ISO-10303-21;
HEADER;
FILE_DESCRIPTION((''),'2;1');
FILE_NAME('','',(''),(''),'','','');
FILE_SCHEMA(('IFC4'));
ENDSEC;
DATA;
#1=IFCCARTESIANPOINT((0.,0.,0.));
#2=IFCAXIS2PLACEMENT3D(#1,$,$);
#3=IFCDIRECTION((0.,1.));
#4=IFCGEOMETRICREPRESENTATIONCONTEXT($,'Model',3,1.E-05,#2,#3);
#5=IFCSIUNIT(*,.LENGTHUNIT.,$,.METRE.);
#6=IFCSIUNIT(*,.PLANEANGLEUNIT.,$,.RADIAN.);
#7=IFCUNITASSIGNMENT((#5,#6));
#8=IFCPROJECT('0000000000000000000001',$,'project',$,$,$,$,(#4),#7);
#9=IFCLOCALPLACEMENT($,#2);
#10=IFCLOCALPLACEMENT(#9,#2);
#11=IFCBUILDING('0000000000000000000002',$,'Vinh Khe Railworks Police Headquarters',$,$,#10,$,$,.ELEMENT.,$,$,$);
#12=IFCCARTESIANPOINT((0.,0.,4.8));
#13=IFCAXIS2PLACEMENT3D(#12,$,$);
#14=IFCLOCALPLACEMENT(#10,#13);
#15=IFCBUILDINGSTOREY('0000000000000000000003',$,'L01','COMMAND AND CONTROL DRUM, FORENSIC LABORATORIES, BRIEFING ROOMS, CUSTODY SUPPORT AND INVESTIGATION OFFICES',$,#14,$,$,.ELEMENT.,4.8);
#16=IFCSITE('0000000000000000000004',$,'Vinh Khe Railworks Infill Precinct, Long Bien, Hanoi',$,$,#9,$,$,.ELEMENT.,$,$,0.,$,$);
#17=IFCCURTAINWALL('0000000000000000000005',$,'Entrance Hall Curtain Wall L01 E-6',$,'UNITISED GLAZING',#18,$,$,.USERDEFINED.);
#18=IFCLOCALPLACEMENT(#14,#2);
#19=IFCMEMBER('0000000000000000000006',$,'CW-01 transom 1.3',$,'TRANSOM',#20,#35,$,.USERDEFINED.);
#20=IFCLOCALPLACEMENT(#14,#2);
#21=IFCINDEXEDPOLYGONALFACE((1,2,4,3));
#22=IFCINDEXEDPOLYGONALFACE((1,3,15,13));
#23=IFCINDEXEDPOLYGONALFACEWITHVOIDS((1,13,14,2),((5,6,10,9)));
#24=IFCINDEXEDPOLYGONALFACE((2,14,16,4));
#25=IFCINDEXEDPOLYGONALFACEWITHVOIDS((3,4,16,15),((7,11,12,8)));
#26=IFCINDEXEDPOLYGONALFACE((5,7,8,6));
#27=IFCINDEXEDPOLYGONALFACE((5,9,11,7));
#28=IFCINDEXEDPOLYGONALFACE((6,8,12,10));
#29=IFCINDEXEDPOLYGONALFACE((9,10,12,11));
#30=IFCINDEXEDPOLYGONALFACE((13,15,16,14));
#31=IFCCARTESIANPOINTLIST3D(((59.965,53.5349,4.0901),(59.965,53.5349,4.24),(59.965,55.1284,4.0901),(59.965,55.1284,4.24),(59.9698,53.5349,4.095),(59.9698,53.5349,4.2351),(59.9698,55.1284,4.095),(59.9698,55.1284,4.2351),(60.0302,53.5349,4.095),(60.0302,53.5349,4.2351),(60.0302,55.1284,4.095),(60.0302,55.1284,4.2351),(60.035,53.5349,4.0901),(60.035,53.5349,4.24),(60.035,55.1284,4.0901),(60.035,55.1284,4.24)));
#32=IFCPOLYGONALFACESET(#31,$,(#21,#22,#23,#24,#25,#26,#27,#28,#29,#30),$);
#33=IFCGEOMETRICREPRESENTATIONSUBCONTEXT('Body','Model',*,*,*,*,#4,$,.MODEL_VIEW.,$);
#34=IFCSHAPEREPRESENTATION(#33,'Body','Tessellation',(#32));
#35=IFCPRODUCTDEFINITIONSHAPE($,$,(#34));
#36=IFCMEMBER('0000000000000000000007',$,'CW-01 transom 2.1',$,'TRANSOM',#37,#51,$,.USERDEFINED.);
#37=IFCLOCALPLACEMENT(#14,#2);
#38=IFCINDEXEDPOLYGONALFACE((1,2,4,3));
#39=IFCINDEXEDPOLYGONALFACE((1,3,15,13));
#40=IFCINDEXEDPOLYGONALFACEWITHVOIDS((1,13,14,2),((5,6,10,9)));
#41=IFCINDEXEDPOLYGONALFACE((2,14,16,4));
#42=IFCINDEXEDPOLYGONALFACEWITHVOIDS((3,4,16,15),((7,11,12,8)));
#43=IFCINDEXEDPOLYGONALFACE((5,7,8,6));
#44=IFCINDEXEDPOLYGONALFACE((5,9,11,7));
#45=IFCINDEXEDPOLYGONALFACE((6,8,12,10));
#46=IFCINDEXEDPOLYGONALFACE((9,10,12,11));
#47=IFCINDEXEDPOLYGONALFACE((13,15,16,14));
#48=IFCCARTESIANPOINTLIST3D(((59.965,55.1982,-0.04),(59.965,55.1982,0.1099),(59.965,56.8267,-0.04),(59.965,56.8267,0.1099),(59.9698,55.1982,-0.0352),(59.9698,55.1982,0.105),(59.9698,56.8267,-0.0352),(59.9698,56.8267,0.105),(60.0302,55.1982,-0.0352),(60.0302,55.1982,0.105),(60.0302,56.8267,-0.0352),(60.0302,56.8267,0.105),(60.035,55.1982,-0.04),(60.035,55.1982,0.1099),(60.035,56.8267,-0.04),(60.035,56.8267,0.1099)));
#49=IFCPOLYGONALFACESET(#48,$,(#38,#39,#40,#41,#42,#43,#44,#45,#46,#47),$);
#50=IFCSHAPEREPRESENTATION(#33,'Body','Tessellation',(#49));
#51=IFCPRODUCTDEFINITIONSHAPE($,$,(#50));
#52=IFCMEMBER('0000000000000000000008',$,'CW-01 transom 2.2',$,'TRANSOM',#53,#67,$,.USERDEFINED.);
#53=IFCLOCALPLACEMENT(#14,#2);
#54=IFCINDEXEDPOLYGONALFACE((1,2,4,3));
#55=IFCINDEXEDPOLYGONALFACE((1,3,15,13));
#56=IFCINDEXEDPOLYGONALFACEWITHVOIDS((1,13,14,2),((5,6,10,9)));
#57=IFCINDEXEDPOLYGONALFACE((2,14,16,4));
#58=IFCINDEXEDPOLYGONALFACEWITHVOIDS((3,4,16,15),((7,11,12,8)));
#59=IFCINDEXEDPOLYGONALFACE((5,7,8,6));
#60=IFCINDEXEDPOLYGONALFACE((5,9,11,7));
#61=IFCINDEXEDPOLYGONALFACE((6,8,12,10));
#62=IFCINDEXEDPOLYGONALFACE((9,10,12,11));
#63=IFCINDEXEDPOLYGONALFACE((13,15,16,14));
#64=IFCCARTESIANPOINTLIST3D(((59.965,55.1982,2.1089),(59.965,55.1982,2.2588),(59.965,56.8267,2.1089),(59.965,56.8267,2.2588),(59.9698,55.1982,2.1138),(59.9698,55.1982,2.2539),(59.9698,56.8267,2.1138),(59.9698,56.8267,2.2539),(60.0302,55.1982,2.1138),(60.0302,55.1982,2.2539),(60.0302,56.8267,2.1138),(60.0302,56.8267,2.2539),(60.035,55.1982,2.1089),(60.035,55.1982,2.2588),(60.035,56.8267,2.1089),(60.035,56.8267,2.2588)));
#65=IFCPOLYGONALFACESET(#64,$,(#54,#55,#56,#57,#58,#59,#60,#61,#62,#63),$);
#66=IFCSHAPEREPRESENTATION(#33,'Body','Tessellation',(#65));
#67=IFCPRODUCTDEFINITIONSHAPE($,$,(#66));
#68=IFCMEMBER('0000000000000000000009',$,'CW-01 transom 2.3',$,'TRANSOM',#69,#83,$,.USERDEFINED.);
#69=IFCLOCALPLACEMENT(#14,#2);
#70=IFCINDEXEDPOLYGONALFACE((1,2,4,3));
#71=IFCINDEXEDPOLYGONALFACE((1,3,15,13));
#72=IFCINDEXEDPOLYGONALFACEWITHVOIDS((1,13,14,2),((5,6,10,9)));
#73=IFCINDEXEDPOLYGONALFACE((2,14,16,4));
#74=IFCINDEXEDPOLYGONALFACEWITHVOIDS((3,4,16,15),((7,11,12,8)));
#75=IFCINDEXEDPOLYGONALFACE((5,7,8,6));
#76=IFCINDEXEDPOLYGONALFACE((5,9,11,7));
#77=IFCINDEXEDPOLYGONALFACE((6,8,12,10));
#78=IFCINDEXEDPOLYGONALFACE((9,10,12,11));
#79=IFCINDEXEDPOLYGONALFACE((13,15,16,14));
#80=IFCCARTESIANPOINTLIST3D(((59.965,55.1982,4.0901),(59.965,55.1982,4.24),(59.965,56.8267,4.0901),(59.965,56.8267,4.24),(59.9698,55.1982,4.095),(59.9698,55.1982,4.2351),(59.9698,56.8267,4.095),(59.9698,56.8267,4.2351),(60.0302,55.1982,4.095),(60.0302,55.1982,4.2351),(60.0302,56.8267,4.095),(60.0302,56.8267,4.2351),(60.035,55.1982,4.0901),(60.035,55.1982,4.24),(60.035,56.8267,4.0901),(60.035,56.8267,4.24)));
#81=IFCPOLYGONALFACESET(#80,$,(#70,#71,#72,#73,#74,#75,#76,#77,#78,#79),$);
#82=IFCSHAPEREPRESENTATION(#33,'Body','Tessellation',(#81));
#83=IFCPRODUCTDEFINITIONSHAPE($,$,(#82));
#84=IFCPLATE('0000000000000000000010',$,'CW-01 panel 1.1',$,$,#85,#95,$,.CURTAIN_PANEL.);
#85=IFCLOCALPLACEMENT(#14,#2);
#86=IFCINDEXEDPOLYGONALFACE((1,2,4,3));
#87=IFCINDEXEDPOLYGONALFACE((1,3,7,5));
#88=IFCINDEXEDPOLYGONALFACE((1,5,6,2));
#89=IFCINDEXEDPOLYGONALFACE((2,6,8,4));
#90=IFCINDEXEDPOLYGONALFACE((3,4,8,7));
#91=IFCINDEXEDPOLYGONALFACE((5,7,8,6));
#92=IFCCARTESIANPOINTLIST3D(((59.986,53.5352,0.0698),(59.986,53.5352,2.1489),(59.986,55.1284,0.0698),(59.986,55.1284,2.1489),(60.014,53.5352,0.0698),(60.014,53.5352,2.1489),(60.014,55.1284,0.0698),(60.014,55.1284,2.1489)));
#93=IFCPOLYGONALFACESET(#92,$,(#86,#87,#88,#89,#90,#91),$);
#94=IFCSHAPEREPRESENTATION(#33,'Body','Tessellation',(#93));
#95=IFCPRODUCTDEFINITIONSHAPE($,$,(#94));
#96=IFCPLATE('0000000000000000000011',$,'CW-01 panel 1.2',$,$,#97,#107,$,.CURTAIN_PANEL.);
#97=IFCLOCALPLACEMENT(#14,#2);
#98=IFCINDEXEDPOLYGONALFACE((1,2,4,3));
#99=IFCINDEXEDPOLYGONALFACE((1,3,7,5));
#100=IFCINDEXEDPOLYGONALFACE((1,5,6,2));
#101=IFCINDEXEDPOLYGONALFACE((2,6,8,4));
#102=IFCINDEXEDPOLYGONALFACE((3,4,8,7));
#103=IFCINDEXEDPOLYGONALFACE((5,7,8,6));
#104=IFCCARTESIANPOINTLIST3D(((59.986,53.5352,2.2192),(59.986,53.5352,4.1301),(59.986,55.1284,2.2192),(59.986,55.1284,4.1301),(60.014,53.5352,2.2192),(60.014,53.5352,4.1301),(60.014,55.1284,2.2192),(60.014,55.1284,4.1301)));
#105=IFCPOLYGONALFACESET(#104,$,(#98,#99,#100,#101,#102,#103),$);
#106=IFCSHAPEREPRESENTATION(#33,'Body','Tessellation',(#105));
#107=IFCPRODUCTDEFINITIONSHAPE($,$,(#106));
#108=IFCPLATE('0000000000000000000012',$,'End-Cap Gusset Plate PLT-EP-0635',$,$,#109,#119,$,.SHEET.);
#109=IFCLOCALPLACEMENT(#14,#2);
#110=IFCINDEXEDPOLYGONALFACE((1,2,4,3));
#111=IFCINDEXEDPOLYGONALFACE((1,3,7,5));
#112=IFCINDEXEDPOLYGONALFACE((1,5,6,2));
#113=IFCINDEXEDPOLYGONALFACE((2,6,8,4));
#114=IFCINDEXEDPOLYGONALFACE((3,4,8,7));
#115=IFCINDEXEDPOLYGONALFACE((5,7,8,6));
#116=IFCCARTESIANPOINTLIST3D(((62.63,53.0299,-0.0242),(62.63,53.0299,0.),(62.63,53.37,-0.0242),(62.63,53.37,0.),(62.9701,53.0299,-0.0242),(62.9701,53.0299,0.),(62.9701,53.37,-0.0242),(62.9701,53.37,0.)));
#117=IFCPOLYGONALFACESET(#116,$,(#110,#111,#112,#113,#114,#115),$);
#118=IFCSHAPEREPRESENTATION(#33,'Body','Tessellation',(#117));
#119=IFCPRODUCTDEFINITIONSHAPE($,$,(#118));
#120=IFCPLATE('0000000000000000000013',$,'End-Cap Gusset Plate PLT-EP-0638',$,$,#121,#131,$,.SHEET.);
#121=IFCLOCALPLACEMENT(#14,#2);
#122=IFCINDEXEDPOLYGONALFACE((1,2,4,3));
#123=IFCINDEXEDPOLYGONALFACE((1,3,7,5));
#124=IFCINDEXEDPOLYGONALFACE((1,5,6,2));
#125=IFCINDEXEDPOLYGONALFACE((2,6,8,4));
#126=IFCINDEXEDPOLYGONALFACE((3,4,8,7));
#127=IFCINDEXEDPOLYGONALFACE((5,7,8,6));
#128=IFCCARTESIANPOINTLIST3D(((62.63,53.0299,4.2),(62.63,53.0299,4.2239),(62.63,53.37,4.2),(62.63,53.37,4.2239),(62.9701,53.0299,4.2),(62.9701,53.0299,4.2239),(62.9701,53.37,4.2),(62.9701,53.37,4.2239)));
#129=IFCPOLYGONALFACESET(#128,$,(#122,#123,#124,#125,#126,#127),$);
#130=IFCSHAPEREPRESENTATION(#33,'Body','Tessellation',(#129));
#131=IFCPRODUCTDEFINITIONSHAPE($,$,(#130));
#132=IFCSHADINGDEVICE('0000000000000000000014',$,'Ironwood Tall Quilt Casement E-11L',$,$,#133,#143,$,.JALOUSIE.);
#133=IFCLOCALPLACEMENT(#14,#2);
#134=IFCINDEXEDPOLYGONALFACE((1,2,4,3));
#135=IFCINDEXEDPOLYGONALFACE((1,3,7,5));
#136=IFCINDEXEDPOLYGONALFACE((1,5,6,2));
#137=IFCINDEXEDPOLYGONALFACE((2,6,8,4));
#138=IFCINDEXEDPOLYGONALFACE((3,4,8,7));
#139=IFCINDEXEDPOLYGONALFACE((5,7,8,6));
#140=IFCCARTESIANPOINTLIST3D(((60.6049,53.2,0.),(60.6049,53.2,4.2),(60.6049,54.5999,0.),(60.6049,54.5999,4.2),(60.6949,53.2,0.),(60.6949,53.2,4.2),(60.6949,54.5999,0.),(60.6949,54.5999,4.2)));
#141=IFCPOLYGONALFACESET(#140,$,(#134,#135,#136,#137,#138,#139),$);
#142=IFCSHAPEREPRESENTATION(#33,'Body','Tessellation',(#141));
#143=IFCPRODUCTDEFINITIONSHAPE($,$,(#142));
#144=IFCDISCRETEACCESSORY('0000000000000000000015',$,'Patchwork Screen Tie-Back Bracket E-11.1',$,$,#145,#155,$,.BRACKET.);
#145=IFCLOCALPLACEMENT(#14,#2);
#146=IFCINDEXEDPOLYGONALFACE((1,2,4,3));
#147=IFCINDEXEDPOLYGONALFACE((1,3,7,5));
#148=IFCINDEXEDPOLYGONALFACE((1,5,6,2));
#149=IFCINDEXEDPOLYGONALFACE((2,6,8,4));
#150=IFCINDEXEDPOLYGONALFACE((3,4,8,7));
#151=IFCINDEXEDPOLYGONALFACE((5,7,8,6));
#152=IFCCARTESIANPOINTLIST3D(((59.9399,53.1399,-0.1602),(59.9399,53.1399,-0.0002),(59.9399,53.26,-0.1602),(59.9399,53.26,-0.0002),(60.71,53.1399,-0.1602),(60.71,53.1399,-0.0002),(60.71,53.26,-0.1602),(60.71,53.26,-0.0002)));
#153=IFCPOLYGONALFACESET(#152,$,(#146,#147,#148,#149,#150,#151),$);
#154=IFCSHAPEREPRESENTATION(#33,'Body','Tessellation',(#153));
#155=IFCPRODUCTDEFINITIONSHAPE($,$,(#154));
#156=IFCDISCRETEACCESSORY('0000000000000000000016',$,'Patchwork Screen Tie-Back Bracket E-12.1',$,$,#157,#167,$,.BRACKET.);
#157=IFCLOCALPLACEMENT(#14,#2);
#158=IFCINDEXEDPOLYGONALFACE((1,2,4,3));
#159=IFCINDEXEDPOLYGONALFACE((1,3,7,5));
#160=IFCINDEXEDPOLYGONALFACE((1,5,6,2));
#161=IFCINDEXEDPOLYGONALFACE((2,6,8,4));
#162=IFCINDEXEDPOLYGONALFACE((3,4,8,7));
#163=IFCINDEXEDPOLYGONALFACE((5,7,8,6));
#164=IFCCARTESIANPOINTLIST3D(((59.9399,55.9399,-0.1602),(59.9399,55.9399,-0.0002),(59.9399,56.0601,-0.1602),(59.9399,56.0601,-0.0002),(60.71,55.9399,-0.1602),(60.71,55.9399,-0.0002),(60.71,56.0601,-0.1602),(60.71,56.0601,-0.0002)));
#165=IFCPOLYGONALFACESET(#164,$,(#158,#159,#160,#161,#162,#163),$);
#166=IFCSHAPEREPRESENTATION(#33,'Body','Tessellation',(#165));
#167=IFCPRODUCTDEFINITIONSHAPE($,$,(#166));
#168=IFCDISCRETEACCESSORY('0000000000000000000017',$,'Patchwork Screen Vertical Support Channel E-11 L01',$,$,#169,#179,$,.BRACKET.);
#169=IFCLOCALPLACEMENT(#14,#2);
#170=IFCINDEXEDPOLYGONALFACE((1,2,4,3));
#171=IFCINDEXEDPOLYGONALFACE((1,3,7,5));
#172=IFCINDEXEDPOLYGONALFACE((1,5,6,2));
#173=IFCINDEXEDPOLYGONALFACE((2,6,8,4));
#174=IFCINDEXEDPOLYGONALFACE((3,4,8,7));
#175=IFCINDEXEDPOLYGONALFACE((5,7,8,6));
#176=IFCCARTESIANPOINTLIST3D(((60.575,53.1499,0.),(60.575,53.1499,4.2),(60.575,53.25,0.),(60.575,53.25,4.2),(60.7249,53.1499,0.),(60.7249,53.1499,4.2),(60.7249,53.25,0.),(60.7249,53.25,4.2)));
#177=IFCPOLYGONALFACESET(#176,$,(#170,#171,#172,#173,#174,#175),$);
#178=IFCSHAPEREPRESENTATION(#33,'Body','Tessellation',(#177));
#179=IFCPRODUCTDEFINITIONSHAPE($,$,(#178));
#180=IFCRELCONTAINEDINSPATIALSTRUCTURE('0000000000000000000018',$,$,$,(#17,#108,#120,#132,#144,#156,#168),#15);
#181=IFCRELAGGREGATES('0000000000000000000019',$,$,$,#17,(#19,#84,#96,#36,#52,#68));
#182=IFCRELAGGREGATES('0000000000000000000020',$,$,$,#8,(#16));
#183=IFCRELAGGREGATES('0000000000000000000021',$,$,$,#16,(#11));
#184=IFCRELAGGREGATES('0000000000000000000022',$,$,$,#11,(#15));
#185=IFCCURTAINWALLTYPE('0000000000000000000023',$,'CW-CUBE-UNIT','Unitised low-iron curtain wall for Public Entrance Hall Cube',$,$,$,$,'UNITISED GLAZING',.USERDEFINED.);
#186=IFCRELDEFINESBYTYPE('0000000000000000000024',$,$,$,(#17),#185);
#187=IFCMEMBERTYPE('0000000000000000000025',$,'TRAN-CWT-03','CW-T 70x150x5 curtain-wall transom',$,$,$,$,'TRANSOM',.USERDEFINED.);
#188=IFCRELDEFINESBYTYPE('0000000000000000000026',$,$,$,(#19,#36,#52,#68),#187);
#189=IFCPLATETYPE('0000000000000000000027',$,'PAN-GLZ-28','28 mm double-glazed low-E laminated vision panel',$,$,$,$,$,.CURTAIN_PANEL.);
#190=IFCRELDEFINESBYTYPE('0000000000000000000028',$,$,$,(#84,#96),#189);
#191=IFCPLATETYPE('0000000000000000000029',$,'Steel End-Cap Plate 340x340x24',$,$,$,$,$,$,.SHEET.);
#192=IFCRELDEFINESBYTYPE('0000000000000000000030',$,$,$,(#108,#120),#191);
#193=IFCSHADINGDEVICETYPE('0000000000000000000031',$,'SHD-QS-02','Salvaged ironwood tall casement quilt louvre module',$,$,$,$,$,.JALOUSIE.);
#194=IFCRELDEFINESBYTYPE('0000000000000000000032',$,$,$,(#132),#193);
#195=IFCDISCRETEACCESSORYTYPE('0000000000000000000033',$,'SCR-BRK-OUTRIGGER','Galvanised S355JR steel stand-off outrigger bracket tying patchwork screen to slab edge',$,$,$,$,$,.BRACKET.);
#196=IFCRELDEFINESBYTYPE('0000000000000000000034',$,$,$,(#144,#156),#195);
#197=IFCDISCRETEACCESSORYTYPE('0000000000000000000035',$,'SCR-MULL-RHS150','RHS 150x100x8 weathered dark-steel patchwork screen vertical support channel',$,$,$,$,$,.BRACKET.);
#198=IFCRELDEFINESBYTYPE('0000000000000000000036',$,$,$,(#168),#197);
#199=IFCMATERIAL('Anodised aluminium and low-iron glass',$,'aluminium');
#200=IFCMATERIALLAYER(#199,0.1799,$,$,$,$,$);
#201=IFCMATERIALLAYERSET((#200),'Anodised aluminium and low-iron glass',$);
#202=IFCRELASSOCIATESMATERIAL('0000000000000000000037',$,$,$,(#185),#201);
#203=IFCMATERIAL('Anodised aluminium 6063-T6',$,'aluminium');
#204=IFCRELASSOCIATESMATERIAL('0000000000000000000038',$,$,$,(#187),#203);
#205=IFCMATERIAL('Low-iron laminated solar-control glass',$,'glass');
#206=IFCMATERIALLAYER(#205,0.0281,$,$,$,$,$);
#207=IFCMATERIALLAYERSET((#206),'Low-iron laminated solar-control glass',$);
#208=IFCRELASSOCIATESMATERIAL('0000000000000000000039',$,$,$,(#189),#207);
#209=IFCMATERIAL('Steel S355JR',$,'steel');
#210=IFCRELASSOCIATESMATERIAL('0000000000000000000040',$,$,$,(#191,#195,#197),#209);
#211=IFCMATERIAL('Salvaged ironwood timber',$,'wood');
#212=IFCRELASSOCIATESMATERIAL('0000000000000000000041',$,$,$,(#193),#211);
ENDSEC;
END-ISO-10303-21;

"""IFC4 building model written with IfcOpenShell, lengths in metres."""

from ifc_helpers import new_model, si_unit, direction, frame, origin, origin_2d, place, context, subcontext, project, spatial, rectangle, hollow_rectangle, extrude, material, layer, layer_set, material_profile, profile_set, type_object, element, aggregate, save


model = new_model("IFC4")

# Units and contexts
model_context = context("Model", 3, precision=1e-05, world=origin(), true_north=direction((0.0, 1.0)))
body_context = subcontext(model_context, "Body", "Model", "MODEL_VIEW")
ifc_project = project(units=[si_unit("LENGTHUNIT", "METRE"), si_unit("PLANEANGLEUNIT", "RADIAN")], contexts=[model_context])

# Site, building, storey
site_placement = place(None, origin())
site = spatial("IfcSite", under=ifc_project, at=site_placement, Name="Vinh Khe Railworks Infill Precinct, Long Bien, Hanoi", CompositionType="ELEMENT", RefElevation=0.0)
building_placement = place(site_placement, origin())
building = spatial("IfcBuilding", under=site, at=building_placement, Name="Vinh Khe Railworks Police Headquarters", CompositionType="ELEMENT")
storey_placement = place(building_placement, frame((0.0, 0.0, 4.8)))
storey = spatial("IfcBuildingStorey", under=building, at=storey_placement, Name="L01", Description="COMMAND AND CONTROL DRUM, FORENSIC LABORATORIES, BRIEFING ROOMS, CUSTODY SUPPORT AND INVESTIGATION OFFICES", CompositionType="ELEMENT", Elevation=4.8)

# Shared definitions
ifc_material_1 = material(Name="Steel S355JR", Category="steel")

# Shared definitions
ifc_material_2 = material(Name="Salvaged ironwood timber", Category="wood")

# Curtain wall
ifc_material_3 = material(Name="Anodised aluminium and low-iron glass", Category="aluminium")
ifc_layer_1 = layer(ifc_material_3, 0.1799)
ifc_layer_set_1 = layer_set([ifc_layer_1], Name="Anodised aluminium and low-iron glass")
curtain_wall_type = type_object("IfcCurtainWallType", Name="CW-CUBE-UNIT", Description="Unitised low-iron curtain wall for Public Entrance Hall Cube", ElementType="UNITISED GLAZING", PredefinedType="USERDEFINED", material=ifc_layer_set_1)
curtain_wall_placement = place(storey_placement, origin())
curtain_wall = element("IfcCurtainWall", 1, at=curtain_wall_placement, inside=storey, type_object=curtain_wall_type, Name="Entrance Hall Curtain Wall L01 E-6", ObjectType="UNITISED GLAZING", PredefinedType="USERDEFINED")
ifc_material_4 = material(Name="Anodised aluminium 6063-T6", Category="aluminium")

# Members
ifc_material_profile_1 = material_profile(ifc_material_4, hollow_rectangle(XDim=0.0701, YDim=0.1499, WallThickness=0.0049, at=origin_2d()), Name="CW-T 70x150x5")
ifc_profile_set_1 = profile_set([ifc_material_profile_1], Name="Anodised aluminium 6063-T6")
member_type_1 = type_object("IfcMemberType", Name="TRAN-CWT-03", Description="CW-T 70x150x5 curtain-wall transom", ElementType="TRANSOM", PredefinedType="USERDEFINED", material=ifc_profile_set_1)
member_1_placement = place(storey_placement, frame((60.0, 53.5349, 4.165), z_axis=(0.0, 1.0, 0.0), x_axis=(-1.0, 0.0, 0.0)))
member_1 = element("IfcMember", 2, at=member_1_placement, type_object=member_type_1, Name="CW-01 transom 1.3", ObjectType="TRANSOM", PredefinedType="USERDEFINED", context=body_context, shape_type="SweptSolid", body=[
    extrude(hollow_rectangle(XDim=0.0701, YDim=0.1499, WallThickness=0.0049, at=origin_2d()), origin(), (0.0, 0.0, 1.0), 1.5935),
])
member_2_placement = place(storey_placement, frame((60.0, 55.1982, 0.0349), z_axis=(0.0, 1.0, 0.0), x_axis=(-1.0, 0.0, 0.0)))
member_2 = element("IfcMember", 3, at=member_2_placement, type_object=member_type_1, Name="CW-01 transom 2.1", ObjectType="TRANSOM", PredefinedType="USERDEFINED", context=body_context, shape_type="SweptSolid", body=[
    extrude(hollow_rectangle(XDim=0.0701, YDim=0.1499, WallThickness=0.0049, at=origin_2d()), origin(), (0.0, 0.0, 1.0), 1.6284),
])
member_3_placement = place(storey_placement, frame((60.0, 55.1982, 2.1838), z_axis=(0.0, 1.0, 0.0), x_axis=(-1.0, 0.0, 0.0)))
member_3 = element("IfcMember", 4, at=member_3_placement, type_object=member_type_1, Name="CW-01 transom 2.2", ObjectType="TRANSOM", PredefinedType="USERDEFINED", context=body_context, shape_type="SweptSolid", body=[
    extrude(hollow_rectangle(XDim=0.0701, YDim=0.1499, WallThickness=0.0049, at=origin_2d()), origin(), (0.0, 0.0, 1.0), 1.6284),
])
member_4_placement = place(storey_placement, frame((60.0, 55.1982, 4.165), z_axis=(0.0, 1.0, 0.0), x_axis=(-1.0, 0.0, 0.0)))
member_4 = element("IfcMember", 5, at=member_4_placement, type_object=member_type_1, Name="CW-01 transom 2.3", ObjectType="TRANSOM", PredefinedType="USERDEFINED", context=body_context, shape_type="SweptSolid", body=[
    extrude(hollow_rectangle(XDim=0.0701, YDim=0.1499, WallThickness=0.0049, at=origin_2d()), origin(), (0.0, 0.0, 1.0), 1.6284),
])

# Plates
ifc_material_5 = material(Name="Low-iron laminated solar-control glass", Category="glass")
ifc_layer_2 = layer(ifc_material_5, 0.0281)
ifc_layer_set_2 = layer_set([ifc_layer_2], Name="Low-iron laminated solar-control glass")
plate_type_1 = type_object("IfcPlateType", Name="PAN-GLZ-28", Description="28 mm double-glazed low-E laminated vision panel", PredefinedType="CURTAIN_PANEL", material=ifc_layer_set_2)
plate_1_placement = place(storey_placement, frame((60.0, 54.3318, 0.0698), z_axis=(0.0, 0.0, 1.0), x_axis=(0.0, 1.0, 0.0)))
plate_1 = element("IfcPlate", 6, at=plate_1_placement, type_object=plate_type_1, Name="CW-01 panel 1.1", PredefinedType="CURTAIN_PANEL", context=body_context, shape_type="SweptSolid", body=[
    extrude(rectangle(XDim=1.5933, YDim=0.0281, at=origin_2d()), origin(), (0.0, 0.0, 1.0), 2.0791),
])
plate_2_placement = place(storey_placement, frame((60.0, 54.3318, 2.2192), z_axis=(0.0, 0.0, 1.0), x_axis=(0.0, 1.0, 0.0)))
plate_2 = element("IfcPlate", 7, at=plate_2_placement, type_object=plate_type_1, Name="CW-01 panel 1.2", PredefinedType="CURTAIN_PANEL", context=body_context, shape_type="SweptSolid", body=[
    extrude(rectangle(XDim=1.5933, YDim=0.0281, at=origin_2d()), origin(), (0.0, 0.0, 1.0), 1.9109),
])
aggregate(curtain_wall, [member_1, plate_1, plate_2, member_2, member_3, member_4])

# Plates
ifc_material_profile_2 = material_profile(ifc_material_1, rectangle(XDim=0.3401, YDim=0.3401, at=origin_2d()), Name="PL 340x340")
ifc_profile_set_2 = profile_set([ifc_material_profile_2], Name="Steel S355JR")
plate_type_2 = type_object("IfcPlateType", Name="Steel End-Cap Plate 340x340x24", PredefinedType="SHEET", material=ifc_profile_set_2)
plate_3_placement = place(storey_placement, frame((62.8, 53.2, 0.0), z_axis=(0.0, 0.0, -1.0), x_axis=(1.0, 0.0, 0.0)))
element("IfcPlate", 8, at=plate_3_placement, inside=storey, type_object=plate_type_2, Name="End-Cap Gusset Plate PLT-EP-0635", PredefinedType="SHEET", context=body_context, shape_type="SweptSolid", body=[
    extrude(rectangle(XDim=0.3401, YDim=0.3401, at=origin_2d()), origin(), (0.0, 0.0, 1.0), 0.0242),
])
plate_4_placement = place(storey_placement, frame((62.8, 53.2, 4.2), z_axis=(0.0, 0.0, 1.0), x_axis=(1.0, 0.0, 0.0)))
element("IfcPlate", 9, at=plate_4_placement, inside=storey, type_object=plate_type_2, Name="End-Cap Gusset Plate PLT-EP-0638", PredefinedType="SHEET", context=body_context, shape_type="SweptSolid", body=[
    extrude(rectangle(XDim=0.3401, YDim=0.3401, at=origin_2d()), origin(), (0.0, 0.0, 1.0), 0.0239),
])

# Shading device
shading_device_type = type_object("IfcShadingDeviceType", Name="SHD-QS-02", Description="Salvaged ironwood tall casement quilt louvre module", PredefinedType="JALOUSIE", material=ifc_material_2)
shading_device_placement = place(storey_placement, frame((60.6499, 53.8999, 0.0), z_axis=(0.0, 0.0, 1.0), x_axis=(0.0, 1.0, 0.0)))
element("IfcShadingDevice", 10, at=shading_device_placement, inside=storey, type_object=shading_device_type, Name="Ironwood Tall Quilt Casement E-11L", PredefinedType="JALOUSIE", context=body_context, shape_type="SweptSolid", body=[
    extrude(rectangle(XDim=1.3999, YDim=0.0901, at=origin_2d()), origin(), (0.0, 0.0, 1.0), 4.2),
])

# Discrete accessories
discrete_accessory_type_1 = type_object("IfcDiscreteAccessoryType", Name="SCR-BRK-OUTRIGGER", Description="Galvanised S355JR steel stand-off outrigger bracket tying patchwork screen to slab edge", PredefinedType="BRACKET", material=ifc_material_1)
for number, where, z_axis, x_axis, name in (
    (11, (60.325, 53.2, -0.1602), (0.0, 0.0, 1.0), (1.0, 0.0, 0.0), "Patchwork Screen Tie-Back Bracket E-11.1"),
    (12, (60.325, 56.0, -0.1602), (0.0, 0.0, 1.0), (1.0, 0.0, 0.0), "Patchwork Screen Tie-Back Bracket E-12.1"),
):
    element("IfcDiscreteAccessory", number, at=place(storey_placement, frame(where, z_axis=z_axis, x_axis=x_axis)), inside=storey, type_object=discrete_accessory_type_1, Name=name, PredefinedType="BRACKET", context=body_context, shape_type="SweptSolid", body=[
        extrude(rectangle(XDim=0.77, YDim=0.1201, at=origin_2d()), origin(), (0.0, 0.0, 1.0), 0.1599),
    ])
discrete_accessory_type_2 = type_object("IfcDiscreteAccessoryType", Name="SCR-MULL-RHS150", Description="RHS 150x100x8 weathered dark-steel patchwork screen vertical support channel", PredefinedType="BRACKET", material=ifc_material_1)
discrete_accessory_placement = place(storey_placement, frame((60.6499, 53.2, 0.0), z_axis=(0.0, 0.0, 1.0), x_axis=(1.0, 0.0, 0.0)))
element("IfcDiscreteAccessory", 13, at=discrete_accessory_placement, inside=storey, type_object=discrete_accessory_type_2, Name="Patchwork Screen Vertical Support Channel E-11 L01", PredefinedType="BRACKET", context=body_context, shape_type="SweptSolid", body=[
    extrude(rectangle(XDim=0.1499, YDim=0.1001, at=origin_2d()), origin(), (0.0, 0.0, 1.0), 4.2),
])

save(model, "model.ifc")
